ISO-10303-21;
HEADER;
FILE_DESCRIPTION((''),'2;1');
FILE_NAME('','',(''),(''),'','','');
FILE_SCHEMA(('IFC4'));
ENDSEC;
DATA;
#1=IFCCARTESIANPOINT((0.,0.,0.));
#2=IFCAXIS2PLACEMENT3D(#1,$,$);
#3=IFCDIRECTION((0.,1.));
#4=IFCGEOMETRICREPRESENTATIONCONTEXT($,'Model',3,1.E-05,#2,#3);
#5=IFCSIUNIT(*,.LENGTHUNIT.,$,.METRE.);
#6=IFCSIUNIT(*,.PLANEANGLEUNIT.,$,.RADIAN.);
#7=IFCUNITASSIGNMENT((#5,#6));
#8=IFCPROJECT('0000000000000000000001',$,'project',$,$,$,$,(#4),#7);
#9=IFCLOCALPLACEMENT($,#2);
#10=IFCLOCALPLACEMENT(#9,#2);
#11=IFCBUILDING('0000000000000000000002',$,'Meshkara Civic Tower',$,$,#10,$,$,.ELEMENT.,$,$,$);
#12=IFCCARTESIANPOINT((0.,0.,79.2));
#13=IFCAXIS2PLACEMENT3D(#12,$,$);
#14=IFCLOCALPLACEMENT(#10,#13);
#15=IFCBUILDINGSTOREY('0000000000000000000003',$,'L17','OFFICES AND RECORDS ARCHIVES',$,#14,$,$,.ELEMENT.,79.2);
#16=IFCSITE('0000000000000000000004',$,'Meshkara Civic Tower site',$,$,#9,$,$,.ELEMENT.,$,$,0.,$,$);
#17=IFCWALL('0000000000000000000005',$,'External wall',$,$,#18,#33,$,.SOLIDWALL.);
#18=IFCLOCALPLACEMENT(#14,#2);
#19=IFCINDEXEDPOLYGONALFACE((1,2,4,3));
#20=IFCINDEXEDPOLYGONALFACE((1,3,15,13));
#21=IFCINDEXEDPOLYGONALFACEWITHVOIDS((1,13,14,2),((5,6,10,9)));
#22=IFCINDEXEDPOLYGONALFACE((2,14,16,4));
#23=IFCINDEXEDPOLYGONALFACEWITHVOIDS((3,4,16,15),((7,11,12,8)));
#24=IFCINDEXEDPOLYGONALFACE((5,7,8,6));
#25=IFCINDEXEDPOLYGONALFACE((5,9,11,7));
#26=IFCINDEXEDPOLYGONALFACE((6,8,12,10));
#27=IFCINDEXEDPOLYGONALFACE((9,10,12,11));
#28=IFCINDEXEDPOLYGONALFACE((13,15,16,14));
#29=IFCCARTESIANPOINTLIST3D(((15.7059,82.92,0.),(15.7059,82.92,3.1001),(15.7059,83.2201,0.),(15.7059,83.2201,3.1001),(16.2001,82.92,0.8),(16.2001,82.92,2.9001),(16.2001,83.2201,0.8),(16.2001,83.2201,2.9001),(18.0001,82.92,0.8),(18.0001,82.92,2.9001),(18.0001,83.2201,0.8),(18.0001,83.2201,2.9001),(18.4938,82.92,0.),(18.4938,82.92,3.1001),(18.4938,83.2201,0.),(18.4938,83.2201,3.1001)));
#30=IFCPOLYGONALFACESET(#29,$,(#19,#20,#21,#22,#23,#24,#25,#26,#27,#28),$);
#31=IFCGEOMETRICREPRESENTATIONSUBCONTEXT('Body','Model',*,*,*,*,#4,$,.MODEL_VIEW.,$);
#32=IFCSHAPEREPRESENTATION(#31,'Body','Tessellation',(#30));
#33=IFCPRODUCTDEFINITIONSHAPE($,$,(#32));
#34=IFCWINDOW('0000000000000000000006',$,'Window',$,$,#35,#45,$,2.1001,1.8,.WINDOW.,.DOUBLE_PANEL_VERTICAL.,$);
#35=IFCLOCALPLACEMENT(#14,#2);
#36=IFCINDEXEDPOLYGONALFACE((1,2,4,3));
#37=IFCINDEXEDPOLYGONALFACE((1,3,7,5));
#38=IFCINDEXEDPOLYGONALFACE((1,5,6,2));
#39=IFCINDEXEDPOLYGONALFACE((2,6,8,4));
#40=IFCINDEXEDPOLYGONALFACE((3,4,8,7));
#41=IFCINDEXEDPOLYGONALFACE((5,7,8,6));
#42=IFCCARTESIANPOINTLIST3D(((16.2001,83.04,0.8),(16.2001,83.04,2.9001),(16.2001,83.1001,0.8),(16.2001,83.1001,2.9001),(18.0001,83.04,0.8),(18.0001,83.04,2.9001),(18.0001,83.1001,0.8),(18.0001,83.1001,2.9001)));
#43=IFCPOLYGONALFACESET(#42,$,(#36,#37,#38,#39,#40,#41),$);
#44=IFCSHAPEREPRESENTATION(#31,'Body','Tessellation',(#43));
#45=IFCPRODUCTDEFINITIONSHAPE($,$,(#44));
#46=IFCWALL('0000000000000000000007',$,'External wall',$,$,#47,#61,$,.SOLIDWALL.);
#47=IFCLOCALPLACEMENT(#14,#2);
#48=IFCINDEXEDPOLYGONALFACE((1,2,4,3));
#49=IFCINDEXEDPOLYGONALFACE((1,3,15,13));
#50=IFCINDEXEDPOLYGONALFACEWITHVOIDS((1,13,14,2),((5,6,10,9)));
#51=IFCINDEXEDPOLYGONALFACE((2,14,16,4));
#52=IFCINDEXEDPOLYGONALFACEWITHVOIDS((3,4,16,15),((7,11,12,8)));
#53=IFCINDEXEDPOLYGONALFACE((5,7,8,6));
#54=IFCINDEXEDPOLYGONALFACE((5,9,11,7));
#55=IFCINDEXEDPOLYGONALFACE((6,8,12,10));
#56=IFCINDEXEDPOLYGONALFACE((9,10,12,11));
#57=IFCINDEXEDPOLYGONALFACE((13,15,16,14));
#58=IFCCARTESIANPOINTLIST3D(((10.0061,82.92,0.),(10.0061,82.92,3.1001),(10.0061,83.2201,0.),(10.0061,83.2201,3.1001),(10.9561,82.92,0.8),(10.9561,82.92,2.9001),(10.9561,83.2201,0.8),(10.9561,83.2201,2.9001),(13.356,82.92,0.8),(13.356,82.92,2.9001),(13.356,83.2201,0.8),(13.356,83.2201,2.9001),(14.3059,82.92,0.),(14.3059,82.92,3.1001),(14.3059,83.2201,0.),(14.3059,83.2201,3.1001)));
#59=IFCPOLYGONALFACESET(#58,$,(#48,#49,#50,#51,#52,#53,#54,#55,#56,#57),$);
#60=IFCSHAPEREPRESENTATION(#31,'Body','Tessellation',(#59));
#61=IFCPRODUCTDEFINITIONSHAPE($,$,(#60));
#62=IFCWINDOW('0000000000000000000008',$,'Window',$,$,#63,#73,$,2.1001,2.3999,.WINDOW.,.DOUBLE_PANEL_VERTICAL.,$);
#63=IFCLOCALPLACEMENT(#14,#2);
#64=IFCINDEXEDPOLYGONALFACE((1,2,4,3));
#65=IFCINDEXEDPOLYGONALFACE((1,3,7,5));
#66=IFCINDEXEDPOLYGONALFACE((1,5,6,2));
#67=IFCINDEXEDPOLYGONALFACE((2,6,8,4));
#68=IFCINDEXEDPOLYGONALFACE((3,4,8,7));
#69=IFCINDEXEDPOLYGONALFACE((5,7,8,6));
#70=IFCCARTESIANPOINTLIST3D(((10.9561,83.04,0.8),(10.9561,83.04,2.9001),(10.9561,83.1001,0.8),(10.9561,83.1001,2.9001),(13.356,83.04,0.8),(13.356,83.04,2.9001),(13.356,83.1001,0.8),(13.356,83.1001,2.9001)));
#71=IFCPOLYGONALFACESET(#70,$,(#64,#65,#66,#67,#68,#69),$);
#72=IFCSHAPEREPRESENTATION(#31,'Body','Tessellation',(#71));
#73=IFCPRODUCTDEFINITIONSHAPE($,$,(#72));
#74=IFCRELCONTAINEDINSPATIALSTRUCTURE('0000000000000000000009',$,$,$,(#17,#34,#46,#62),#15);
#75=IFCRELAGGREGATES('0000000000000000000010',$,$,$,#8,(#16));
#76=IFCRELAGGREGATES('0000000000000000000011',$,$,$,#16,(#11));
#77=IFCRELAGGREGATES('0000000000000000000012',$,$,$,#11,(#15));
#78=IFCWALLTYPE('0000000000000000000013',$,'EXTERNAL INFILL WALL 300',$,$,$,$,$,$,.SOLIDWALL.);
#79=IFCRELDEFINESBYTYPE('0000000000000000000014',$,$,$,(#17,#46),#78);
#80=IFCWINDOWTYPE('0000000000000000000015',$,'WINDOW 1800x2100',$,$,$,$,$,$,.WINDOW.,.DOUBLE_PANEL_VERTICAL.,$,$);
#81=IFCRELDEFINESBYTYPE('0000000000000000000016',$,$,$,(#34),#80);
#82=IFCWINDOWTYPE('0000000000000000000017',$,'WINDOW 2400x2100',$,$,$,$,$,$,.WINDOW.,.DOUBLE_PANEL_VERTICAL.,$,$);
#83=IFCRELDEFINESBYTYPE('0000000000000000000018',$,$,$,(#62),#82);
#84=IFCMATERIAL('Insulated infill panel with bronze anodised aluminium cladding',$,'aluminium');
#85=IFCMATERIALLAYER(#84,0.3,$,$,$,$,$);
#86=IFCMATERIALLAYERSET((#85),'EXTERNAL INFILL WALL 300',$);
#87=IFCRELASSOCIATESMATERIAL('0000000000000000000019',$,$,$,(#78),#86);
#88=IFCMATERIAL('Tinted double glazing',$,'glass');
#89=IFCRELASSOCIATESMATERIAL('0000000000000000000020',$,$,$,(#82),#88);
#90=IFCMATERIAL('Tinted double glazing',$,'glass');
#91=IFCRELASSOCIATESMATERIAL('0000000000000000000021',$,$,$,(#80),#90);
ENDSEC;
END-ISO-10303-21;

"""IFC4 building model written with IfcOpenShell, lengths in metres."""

from ifc_helpers import new_model, si_unit, direction, frame, frame_2d, origin, place, context, subcontext, project, spatial, rectangle, extrude, material, layer, layer_set, type_object, element, fill, save


model = new_model("IFC4")

# Units and contexts
model_context = context("Model", 3, precision=1e-05, world=origin(), true_north=direction((0.0, 1.0)))
body_context = subcontext(model_context, "Body", "Model", "MODEL_VIEW")
ifc_project = project(units=[si_unit("LENGTHUNIT", "METRE"), si_unit("PLANEANGLEUNIT", "RADIAN")], contexts=[model_context])

# Site, building, storey
site_placement = place(None, origin())
site = spatial("IfcSite", under=ifc_project, at=site_placement, Name="Meshkara Civic Tower site", CompositionType="ELEMENT", RefElevation=0.0)
building_placement = place(site_placement, origin())
building = spatial("IfcBuilding", under=site, at=building_placement, Name="Meshkara Civic Tower", CompositionType="ELEMENT")
storey_placement = place(building_placement, frame((0.0, 0.0, 79.2)))
storey = spatial("IfcBuildingStorey", under=building, at=storey_placement, Name="L17", Description="OFFICES AND RECORDS ARCHIVES", CompositionType="ELEMENT", Elevation=79.2)

# Walls, openings, windows
ifc_material_1 = material(Name="Insulated infill panel with bronze anodised aluminium cladding", Category="aluminium")
ifc_layer = layer(ifc_material_1, 0.3)
ifc_layer_set = layer_set([ifc_layer], Name="EXTERNAL INFILL WALL 300")
wall_type = type_object("IfcWallType", Name="EXTERNAL INFILL WALL 300", PredefinedType="SOLIDWALL", material=ifc_layer_set)
ifc_material_2 = material(Name="Tinted double glazing", Category="glass")
window_type_1 = type_object("IfcWindowType", Name="WINDOW 2400x2100", PartitioningType="DOUBLE_PANEL_VERTICAL", PredefinedType="WINDOW", material=ifc_material_2)
ifc_material_3 = material(Name="Tinted double glazing", Category="glass")
window_type_2 = type_object("IfcWindowType", Name="WINDOW 1800x2100", PartitioningType="DOUBLE_PANEL_VERTICAL", PredefinedType="WINDOW", material=ifc_material_3)
wall_1_placement = place(storey_placement, frame((18.4939, 83.0701, 0.0), z_axis=(0.0, 0.0, 1.0), x_axis=(-1.0, 0.0, 0.0)))
wall_1 = element("IfcWall", 1, at=wall_1_placement, inside=storey, type_object=wall_type, Name="External wall", PredefinedType="SOLIDWALL", context=body_context, shape_type="SweptSolid", body=[
    extrude(rectangle(XDim=2.7878, YDim=0.3, at=frame_2d((1.394, 0.0))), origin(), (0.0, 0.0, 1.0), 3.1001),
])
opening_1_placement = place(wall_1_placement, frame((0.4939, 0.0, 0.8)))
opening_1 = element("IfcOpeningElement", 2, at=opening_1_placement, cuts=wall_1, PredefinedType="OPENING", context=body_context, shape_type="SweptSolid", body=[
    extrude(rectangle(XDim=1.8, YDim=2.1001, at=frame_2d((0.8999, 1.05))), frame((0.0, 0.1599, 0.0), z_axis=(0.0, -1.0, 0.0), x_axis=(1.0, 0.0, 0.0)), (0.0, 0.0, 1.0), 0.3201),
])
window_1_placement = place(opening_1_placement, origin())
window_1 = element("IfcWindow", 3, at=window_1_placement, inside=storey, type_object=window_type_2, Name="Window", OverallHeight=2.1001, OverallWidth=1.8, PartitioningType="DOUBLE_PANEL_VERTICAL", PredefinedType="WINDOW", context=body_context, shape_type="SweptSolid", body=[
    extrude(rectangle(XDim=1.8, YDim=2.1001, at=frame_2d((0.8999, 1.05))), frame((0.0, 0.03, 0.0), z_axis=(0.0, -1.0, 0.0), x_axis=(1.0, 0.0, 0.0)), (0.0, 0.0, 1.0), 0.0601),
])
fill(opening_1, window_1)
wall_2_placement = place(storey_placement, frame((14.3059, 83.0701, 0.0), z_axis=(0.0, 0.0, 1.0), x_axis=(-1.0, 0.0, 0.0)))
wall_2 = element("IfcWall", 4, at=wall_2_placement, inside=storey, type_object=wall_type, Name="External wall", PredefinedType="SOLIDWALL", context=body_context, shape_type="SweptSolid", body=[
    extrude(rectangle(XDim=4.2998, YDim=0.3, at=frame_2d((2.1499, 0.0))), origin(), (0.0, 0.0, 1.0), 3.1001),
])
opening_2_placement = place(wall_2_placement, frame((0.95, 0.0, 0.8)))
opening_2 = element("IfcOpeningElement", 5, at=opening_2_placement, cuts=wall_2, PredefinedType="OPENING", context=body_context, shape_type="SweptSolid", body=[
    extrude(rectangle(XDim=2.3999, YDim=2.1001, at=frame_2d((1.2, 1.05))), frame((0.0, 0.1599, 0.0), z_axis=(0.0, -1.0, 0.0), x_axis=(1.0, 0.0, 0.0)), (0.0, 0.0, 1.0), 0.3201),
])
window_2_placement = place(opening_2_placement, origin())
window_2 = element("IfcWindow", 6, at=window_2_placement, inside=storey, type_object=window_type_1, Name="Window", OverallHeight=2.1001, OverallWidth=2.3999, PartitioningType="DOUBLE_PANEL_VERTICAL", PredefinedType="WINDOW", context=body_context, shape_type="SweptSolid", body=[
    extrude(rectangle(XDim=2.3999, YDim=2.1001, at=frame_2d((1.2, 1.05))), frame((0.0, 0.03, 0.0), z_axis=(0.0, -1.0, 0.0), x_axis=(1.0, 0.0, 0.0)), (0.0, 0.0, 1.0), 0.0601),
])
fill(opening_2, window_2)

save(model, "model.ifc")
